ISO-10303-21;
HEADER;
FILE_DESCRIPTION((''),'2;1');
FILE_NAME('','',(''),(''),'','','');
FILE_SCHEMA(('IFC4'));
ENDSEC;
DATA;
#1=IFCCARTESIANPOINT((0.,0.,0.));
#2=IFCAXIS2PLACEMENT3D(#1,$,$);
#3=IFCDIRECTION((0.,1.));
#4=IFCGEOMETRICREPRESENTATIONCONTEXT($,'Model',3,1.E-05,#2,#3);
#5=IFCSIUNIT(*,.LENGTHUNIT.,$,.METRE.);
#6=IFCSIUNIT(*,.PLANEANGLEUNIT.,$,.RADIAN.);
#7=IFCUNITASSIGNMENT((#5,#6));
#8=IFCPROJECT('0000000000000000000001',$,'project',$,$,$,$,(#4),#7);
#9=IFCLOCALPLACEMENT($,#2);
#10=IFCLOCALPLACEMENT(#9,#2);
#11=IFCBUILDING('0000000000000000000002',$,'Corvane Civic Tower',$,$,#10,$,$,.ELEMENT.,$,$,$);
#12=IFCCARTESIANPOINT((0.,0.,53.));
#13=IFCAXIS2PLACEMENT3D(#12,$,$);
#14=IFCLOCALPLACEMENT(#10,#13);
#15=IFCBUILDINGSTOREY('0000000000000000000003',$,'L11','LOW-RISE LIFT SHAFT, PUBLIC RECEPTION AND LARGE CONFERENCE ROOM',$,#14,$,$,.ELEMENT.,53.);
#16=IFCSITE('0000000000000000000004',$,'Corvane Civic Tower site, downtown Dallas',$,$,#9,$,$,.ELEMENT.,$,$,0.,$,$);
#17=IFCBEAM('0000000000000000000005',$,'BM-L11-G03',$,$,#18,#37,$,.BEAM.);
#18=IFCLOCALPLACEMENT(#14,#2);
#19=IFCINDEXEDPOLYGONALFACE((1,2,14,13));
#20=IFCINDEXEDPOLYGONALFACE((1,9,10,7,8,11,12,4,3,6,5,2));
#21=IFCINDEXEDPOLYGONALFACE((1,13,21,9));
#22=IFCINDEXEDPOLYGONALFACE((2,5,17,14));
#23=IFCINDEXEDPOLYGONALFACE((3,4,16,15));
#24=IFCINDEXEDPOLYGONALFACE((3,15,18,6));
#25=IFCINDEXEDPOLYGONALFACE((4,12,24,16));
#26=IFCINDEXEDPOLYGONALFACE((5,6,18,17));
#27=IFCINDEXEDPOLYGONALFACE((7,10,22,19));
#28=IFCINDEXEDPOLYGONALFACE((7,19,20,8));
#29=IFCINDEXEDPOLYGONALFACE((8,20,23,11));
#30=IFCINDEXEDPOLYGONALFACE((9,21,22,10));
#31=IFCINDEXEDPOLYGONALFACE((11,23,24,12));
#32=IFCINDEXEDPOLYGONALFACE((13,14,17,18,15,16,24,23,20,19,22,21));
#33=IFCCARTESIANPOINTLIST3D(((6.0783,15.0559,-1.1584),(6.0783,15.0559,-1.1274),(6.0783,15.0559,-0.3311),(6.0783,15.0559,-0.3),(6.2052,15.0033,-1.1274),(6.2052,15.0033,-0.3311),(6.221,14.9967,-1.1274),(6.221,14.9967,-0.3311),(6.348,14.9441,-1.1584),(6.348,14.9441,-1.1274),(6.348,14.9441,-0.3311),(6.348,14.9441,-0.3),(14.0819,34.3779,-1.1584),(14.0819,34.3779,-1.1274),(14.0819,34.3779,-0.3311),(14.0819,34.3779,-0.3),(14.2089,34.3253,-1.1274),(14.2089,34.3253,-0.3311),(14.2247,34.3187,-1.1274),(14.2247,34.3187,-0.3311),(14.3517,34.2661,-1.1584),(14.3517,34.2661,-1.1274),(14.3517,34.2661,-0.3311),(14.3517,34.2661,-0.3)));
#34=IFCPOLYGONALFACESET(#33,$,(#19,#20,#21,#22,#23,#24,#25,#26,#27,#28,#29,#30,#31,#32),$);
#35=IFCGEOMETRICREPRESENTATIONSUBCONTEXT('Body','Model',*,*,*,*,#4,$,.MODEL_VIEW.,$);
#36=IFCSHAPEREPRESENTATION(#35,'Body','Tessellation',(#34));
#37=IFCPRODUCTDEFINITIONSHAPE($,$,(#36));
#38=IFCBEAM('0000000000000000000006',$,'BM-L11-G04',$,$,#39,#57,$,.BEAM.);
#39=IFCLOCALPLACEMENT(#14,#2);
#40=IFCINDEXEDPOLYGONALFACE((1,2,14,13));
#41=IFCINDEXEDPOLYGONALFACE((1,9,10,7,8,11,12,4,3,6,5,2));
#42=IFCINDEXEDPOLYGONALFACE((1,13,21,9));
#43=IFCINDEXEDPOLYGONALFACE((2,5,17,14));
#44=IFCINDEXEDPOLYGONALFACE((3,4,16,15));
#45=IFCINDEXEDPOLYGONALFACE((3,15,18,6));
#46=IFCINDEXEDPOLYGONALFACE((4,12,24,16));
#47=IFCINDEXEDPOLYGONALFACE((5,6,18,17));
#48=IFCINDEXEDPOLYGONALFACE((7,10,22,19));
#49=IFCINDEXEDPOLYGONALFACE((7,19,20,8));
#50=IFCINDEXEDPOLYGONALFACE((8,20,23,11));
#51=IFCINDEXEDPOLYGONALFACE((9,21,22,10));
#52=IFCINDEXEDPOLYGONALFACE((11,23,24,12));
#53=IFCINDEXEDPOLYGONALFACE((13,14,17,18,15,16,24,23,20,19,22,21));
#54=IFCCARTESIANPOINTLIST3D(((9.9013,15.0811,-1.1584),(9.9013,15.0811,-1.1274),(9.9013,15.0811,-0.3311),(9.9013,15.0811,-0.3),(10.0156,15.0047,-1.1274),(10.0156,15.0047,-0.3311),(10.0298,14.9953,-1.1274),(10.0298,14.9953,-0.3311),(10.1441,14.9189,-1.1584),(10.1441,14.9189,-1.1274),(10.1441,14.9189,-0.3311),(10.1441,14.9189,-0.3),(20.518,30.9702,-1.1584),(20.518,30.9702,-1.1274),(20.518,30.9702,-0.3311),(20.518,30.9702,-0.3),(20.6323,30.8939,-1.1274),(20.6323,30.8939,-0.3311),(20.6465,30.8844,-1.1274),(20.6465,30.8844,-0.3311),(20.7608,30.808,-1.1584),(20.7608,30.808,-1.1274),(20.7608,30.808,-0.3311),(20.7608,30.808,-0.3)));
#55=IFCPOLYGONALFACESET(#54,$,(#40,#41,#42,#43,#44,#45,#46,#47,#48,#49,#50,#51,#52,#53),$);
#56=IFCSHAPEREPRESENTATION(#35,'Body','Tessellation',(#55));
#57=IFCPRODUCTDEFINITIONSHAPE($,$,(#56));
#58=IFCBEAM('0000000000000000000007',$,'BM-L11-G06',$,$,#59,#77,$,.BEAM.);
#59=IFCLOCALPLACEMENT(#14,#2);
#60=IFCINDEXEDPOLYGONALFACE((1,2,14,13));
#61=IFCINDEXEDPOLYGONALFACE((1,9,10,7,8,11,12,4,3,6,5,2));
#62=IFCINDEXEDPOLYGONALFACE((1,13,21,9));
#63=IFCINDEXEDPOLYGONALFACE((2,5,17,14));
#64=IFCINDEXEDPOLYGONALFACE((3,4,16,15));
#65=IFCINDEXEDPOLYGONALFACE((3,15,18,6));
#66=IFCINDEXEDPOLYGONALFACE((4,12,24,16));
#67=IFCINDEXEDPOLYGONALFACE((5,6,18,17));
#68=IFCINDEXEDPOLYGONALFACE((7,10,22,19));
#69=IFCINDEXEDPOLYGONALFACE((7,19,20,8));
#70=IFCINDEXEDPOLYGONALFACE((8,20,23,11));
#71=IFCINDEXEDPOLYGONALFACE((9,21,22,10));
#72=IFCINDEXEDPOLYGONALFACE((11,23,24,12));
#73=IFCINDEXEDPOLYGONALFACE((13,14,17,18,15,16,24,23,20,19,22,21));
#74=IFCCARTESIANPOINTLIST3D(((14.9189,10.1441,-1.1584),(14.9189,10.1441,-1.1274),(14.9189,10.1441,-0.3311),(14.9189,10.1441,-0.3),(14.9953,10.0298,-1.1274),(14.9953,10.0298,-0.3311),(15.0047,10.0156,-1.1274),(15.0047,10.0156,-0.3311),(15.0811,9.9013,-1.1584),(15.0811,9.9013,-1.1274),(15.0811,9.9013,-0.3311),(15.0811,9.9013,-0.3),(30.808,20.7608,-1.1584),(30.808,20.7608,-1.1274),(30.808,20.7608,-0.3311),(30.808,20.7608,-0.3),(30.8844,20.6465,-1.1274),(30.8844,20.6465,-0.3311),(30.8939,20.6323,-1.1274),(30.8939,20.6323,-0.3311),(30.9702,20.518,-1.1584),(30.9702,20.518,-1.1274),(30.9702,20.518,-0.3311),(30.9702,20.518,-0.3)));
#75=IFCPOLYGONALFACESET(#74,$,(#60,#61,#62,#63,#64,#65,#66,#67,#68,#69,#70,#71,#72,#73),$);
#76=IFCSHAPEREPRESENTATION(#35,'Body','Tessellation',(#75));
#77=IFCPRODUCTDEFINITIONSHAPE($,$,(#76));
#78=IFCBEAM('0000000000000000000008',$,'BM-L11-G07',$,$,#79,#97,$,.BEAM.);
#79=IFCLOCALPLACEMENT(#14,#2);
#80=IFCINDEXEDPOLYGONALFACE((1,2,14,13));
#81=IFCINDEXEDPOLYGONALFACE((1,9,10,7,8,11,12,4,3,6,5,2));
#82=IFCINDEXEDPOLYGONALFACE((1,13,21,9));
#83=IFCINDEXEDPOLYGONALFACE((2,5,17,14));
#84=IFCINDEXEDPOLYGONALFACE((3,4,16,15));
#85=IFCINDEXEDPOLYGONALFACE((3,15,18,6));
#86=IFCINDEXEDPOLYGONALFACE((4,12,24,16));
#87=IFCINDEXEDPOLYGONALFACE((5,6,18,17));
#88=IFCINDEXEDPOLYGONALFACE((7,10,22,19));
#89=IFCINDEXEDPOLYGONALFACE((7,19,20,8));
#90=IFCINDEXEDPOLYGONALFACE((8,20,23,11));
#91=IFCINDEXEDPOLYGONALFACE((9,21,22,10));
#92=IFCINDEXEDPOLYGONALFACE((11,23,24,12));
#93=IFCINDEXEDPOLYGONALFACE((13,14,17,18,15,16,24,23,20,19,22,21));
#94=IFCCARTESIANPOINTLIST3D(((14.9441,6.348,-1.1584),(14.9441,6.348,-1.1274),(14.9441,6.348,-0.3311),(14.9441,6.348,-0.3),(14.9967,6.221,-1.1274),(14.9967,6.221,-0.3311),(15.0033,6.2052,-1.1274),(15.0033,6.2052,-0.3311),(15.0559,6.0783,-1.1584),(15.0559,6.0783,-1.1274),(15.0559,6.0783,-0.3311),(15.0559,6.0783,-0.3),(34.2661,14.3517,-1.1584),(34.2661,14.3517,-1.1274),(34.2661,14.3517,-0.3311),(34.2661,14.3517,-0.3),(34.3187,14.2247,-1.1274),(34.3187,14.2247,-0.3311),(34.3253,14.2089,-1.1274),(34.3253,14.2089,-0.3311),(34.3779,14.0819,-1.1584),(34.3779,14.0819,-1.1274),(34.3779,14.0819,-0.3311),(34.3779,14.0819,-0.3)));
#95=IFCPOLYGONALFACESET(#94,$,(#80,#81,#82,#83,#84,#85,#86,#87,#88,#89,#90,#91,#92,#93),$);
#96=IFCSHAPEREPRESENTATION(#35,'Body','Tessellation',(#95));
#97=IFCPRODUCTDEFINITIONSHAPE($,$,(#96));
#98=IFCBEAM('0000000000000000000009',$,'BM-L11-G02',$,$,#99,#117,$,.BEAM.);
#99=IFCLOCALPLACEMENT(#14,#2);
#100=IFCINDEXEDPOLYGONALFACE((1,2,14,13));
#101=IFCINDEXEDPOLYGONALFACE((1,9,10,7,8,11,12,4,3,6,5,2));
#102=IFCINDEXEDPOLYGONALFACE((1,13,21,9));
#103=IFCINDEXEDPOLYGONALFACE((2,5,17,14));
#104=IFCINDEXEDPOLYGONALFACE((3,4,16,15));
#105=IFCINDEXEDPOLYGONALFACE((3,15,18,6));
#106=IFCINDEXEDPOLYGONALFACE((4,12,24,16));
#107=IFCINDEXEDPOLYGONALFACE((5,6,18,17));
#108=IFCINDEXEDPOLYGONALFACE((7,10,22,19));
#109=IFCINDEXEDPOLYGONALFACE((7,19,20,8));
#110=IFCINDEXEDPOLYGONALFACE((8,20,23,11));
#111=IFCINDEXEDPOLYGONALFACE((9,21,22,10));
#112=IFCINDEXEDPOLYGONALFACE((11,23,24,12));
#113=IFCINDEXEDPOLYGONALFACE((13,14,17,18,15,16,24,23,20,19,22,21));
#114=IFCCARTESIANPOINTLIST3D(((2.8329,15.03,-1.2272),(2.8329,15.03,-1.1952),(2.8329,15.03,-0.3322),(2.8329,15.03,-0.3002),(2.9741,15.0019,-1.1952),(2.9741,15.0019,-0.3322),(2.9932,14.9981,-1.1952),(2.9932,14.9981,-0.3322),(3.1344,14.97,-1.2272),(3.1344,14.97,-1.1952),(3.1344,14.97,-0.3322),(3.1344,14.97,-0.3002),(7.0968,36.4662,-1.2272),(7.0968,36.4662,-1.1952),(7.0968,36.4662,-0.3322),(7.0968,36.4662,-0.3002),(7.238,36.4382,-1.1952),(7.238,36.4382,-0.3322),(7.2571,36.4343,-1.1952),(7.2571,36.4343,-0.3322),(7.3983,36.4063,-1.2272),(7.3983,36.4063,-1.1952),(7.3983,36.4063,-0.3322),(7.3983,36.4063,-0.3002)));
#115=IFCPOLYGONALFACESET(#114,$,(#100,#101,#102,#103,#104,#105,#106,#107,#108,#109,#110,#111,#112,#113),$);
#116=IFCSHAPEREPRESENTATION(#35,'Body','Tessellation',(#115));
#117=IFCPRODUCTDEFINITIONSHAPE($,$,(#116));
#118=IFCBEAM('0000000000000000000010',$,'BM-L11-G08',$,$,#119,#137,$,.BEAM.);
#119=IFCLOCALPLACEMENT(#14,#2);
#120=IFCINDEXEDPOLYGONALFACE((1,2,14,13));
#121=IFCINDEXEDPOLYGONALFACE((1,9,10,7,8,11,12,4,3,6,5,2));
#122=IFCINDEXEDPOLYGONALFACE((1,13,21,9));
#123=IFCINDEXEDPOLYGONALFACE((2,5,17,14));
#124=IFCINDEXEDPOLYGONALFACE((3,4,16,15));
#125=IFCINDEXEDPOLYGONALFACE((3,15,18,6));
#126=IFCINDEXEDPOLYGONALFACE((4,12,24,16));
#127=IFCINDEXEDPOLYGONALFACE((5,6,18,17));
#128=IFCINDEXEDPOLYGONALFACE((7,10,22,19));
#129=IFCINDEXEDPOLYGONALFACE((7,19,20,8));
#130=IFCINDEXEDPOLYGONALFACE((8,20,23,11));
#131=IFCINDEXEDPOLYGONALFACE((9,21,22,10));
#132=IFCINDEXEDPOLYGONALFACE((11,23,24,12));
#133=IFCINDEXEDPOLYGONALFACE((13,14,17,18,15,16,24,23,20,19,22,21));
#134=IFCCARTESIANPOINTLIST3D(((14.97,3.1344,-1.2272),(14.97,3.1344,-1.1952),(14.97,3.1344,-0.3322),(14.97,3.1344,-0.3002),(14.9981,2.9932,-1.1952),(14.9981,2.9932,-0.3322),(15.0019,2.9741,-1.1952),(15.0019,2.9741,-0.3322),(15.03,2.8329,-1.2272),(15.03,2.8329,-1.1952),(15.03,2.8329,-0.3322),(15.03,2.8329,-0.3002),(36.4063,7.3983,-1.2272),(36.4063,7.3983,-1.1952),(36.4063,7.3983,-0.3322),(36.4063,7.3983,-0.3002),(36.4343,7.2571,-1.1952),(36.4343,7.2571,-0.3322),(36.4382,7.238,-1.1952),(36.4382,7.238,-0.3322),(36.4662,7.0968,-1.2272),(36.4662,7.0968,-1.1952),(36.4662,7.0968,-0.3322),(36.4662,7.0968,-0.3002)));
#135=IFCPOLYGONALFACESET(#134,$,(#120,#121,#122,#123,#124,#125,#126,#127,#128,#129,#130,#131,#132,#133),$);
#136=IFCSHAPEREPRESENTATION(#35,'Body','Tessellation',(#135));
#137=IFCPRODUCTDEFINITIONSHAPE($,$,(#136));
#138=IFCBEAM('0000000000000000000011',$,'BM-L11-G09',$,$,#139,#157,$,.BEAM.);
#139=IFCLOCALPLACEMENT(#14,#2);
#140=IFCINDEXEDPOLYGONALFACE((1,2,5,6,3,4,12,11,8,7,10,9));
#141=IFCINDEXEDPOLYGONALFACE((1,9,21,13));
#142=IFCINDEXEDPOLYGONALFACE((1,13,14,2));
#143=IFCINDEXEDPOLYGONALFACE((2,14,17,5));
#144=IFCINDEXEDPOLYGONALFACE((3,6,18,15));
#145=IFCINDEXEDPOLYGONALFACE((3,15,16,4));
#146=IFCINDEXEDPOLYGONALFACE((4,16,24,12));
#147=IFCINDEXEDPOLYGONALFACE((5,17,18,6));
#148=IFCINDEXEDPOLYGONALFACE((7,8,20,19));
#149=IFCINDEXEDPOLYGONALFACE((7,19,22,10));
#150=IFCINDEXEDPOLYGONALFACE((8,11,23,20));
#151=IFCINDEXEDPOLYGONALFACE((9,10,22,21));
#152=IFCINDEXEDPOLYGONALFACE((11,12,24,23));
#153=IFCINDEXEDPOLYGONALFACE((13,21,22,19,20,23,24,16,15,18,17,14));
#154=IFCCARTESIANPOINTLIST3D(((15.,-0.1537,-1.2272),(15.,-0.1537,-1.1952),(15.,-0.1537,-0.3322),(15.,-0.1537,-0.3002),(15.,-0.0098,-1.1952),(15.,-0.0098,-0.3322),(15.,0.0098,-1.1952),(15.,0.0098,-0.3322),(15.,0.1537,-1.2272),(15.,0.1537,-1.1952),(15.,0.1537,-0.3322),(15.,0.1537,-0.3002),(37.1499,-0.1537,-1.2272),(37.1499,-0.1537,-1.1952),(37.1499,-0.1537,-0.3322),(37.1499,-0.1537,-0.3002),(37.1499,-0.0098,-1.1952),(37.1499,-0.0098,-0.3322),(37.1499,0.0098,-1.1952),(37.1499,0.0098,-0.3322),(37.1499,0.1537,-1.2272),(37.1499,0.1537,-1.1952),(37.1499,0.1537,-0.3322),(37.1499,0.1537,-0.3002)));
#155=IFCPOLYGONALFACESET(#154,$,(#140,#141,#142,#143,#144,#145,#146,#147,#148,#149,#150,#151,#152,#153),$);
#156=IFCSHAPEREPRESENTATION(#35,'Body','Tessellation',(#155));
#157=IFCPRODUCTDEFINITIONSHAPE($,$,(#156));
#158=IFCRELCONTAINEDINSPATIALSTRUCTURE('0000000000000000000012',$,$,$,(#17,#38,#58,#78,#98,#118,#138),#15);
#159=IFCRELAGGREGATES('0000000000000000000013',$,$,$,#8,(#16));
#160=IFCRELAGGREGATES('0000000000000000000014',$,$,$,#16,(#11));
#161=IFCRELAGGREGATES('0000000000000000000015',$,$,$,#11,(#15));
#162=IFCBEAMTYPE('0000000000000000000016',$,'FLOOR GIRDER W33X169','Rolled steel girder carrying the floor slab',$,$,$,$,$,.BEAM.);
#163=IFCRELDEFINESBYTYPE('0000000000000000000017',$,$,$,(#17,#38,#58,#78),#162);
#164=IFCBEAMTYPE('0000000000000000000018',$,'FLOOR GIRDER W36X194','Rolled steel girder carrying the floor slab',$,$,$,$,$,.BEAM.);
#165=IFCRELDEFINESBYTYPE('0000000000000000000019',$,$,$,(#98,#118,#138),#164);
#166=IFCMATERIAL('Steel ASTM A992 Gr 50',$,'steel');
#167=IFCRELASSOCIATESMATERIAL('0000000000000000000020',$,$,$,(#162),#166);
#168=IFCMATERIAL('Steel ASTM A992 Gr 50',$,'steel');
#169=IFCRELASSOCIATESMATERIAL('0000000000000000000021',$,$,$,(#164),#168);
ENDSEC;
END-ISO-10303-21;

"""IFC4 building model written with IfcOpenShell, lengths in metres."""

from ifc_helpers import new_model, si_unit, direction, frame, origin, origin_2d, place, context, subcontext, project, spatial, i_section, extrude, material, material_profile, profile_set, type_object, element, save


model = new_model("IFC4")

# Units and contexts
model_context = context("Model", 3, precision=1e-05, world=origin(), true_north=direction((0.0, 1.0)))
body_context = subcontext(model_context, "Body", "Model", "MODEL_VIEW")
ifc_project = project(units=[si_unit("LENGTHUNIT", "METRE"), si_unit("PLANEANGLEUNIT", "RADIAN")], contexts=[model_context])

# Site, building, storey
site_placement = place(None, origin())
site = spatial("IfcSite", under=ifc_project, at=site_placement, Name="Corvane Civic Tower site, downtown Dallas", CompositionType="ELEMENT", RefElevation=0.0)
building_placement = place(site_placement, origin())
building = spatial("IfcBuilding", under=site, at=building_placement, Name="Corvane Civic Tower", CompositionType="ELEMENT")
storey_placement = place(building_placement, frame((0.0, 0.0, 53.0)))
storey = spatial("IfcBuildingStorey", under=building, at=storey_placement, Name="L11", Description="LOW-RISE LIFT SHAFT, PUBLIC RECEPTION AND LARGE CONFERENCE ROOM", CompositionType="ELEMENT", Elevation=53.0)

# Beams
ifc_material_1 = material(Name="Steel ASTM A992 Gr 50", Category="steel")
ifc_material_profile_1 = material_profile(ifc_material_1, i_section(OverallWidth=0.292, OverallDepth=0.8584, WebThickness=0.0171, FlangeThickness=0.031, at=origin_2d()), Name="W33X169")
ifc_profile_set_1 = profile_set([ifc_material_profile_1], Name="Steel ASTM A992 Gr 50")
beam_type_1 = type_object("IfcBeamType", Name="FLOOR GIRDER W33X169", Description="Rolled steel girder carrying the floor slab", PredefinedType="BEAM", material=ifc_profile_set_1)
beam_1_placement = place(storey_placement, frame((6.2131, 15.0, -0.7292), z_axis=(0.382692, 0.923876, 0.0), x_axis=(-0.923876, 0.382692, 0.0)))
element("IfcBeam", 1, at=beam_1_placement, inside=storey, type_object=beam_type_1, Name="BM-L11-G03", PredefinedType="BEAM", context=body_context, shape_type="SweptSolid", body=[
    extrude(i_section(OverallWidth=0.292, OverallDepth=0.8584, WebThickness=0.0171, FlangeThickness=0.031, at=origin_2d()), origin(), (0.0, 0.0, 1.0), 20.9141),
])
for number, where, z_axis, x_axis, name in (
    (2, (10.0227, 15.0, -0.7292), (0.555567, 0.831472, 0.0), (-0.831472, 0.555567, 0.0), "BM-L11-G04"),
    (3, (15.0, 10.0227, -0.7292), (0.831472, 0.555567, 0.0), (-0.555567, 0.831472, 0.0), "BM-L11-G06"),
):
    element("IfcBeam", number, at=place(storey_placement, frame(where, z_axis=z_axis, x_axis=x_axis)), inside=storey, type_object=beam_type_1, Name=name, PredefinedType="BEAM", context=body_context, shape_type="SweptSolid", body=[
        extrude(i_section(OverallWidth=0.292, OverallDepth=0.8584, WebThickness=0.0171, FlangeThickness=0.031, at=origin_2d()), origin(), (0.0, 0.0, 1.0), 19.1096),
    ])
beam_2_placement = place(storey_placement, frame((15.0, 6.2131, -0.7292), z_axis=(0.923876, 0.382692, 0.0), x_axis=(-0.382692, 0.923876, 0.0)))
element("IfcBeam", 4, at=beam_2_placement, inside=storey, type_object=beam_type_1, Name="BM-L11-G07", PredefinedType="BEAM", context=body_context, shape_type="SweptSolid", body=[
    extrude(i_section(OverallWidth=0.292, OverallDepth=0.8584, WebThickness=0.0171, FlangeThickness=0.031, at=origin_2d()), origin(), (0.0, 0.0, 1.0), 20.9141),
])
ifc_material_2 = material(Name="Steel ASTM A992 Gr 50", Category="steel")
ifc_material_profile_2 = material_profile(ifc_material_2, i_section(OverallWidth=0.3074, OverallDepth=0.927, WebThickness=0.0195, FlangeThickness=0.032, at=origin_2d()), Name="W36X194")
ifc_profile_set_2 = profile_set([ifc_material_profile_2], Name="Steel ASTM A992 Gr 50")
beam_type_2 = type_object("IfcBeamType", Name="FLOOR GIRDER W36X194", Description="Rolled steel girder carrying the floor slab", PredefinedType="BEAM", material=ifc_profile_set_2)
for number, where, z_axis, x_axis, name in (
    (5, (2.9836, 15.0, -0.7637), (0.195089, 0.980785, 0.0), (-0.980785, 0.195089, 0.0), "BM-L11-G02"),
    (6, (15.0, 2.9836, -0.7637), (0.980785, 0.195089, 0.0), (-0.195089, 0.980785, 0.0), "BM-L11-G08"),
):
    element("IfcBeam", number, at=place(storey_placement, frame(where, z_axis=z_axis, x_axis=x_axis)), inside=storey, type_object=beam_type_2, Name=name, PredefinedType="BEAM", context=body_context, shape_type="SweptSolid", body=[
        extrude(i_section(OverallWidth=0.3074, OverallDepth=0.927, WebThickness=0.0195, FlangeThickness=0.032, at=origin_2d()), origin(), (0.0, 0.0, 1.0), 21.8562),
    ])
beam_3_placement = place(storey_placement, frame((15.0, 0.0, -0.7637), z_axis=(1.0, 0.0, 0.0), x_axis=(0.0, 1.0, 0.0)))
element("IfcBeam", 7, at=beam_3_placement, inside=storey, type_object=beam_type_2, Name="BM-L11-G09", PredefinedType="BEAM", context=body_context, shape_type="SweptSolid", body=[
    extrude(i_section(OverallWidth=0.3074, OverallDepth=0.927, WebThickness=0.0195, FlangeThickness=0.032, at=origin_2d()), origin(), (0.0, 0.0, 1.0), 22.1499),
])

save(model, "model.ifc")
